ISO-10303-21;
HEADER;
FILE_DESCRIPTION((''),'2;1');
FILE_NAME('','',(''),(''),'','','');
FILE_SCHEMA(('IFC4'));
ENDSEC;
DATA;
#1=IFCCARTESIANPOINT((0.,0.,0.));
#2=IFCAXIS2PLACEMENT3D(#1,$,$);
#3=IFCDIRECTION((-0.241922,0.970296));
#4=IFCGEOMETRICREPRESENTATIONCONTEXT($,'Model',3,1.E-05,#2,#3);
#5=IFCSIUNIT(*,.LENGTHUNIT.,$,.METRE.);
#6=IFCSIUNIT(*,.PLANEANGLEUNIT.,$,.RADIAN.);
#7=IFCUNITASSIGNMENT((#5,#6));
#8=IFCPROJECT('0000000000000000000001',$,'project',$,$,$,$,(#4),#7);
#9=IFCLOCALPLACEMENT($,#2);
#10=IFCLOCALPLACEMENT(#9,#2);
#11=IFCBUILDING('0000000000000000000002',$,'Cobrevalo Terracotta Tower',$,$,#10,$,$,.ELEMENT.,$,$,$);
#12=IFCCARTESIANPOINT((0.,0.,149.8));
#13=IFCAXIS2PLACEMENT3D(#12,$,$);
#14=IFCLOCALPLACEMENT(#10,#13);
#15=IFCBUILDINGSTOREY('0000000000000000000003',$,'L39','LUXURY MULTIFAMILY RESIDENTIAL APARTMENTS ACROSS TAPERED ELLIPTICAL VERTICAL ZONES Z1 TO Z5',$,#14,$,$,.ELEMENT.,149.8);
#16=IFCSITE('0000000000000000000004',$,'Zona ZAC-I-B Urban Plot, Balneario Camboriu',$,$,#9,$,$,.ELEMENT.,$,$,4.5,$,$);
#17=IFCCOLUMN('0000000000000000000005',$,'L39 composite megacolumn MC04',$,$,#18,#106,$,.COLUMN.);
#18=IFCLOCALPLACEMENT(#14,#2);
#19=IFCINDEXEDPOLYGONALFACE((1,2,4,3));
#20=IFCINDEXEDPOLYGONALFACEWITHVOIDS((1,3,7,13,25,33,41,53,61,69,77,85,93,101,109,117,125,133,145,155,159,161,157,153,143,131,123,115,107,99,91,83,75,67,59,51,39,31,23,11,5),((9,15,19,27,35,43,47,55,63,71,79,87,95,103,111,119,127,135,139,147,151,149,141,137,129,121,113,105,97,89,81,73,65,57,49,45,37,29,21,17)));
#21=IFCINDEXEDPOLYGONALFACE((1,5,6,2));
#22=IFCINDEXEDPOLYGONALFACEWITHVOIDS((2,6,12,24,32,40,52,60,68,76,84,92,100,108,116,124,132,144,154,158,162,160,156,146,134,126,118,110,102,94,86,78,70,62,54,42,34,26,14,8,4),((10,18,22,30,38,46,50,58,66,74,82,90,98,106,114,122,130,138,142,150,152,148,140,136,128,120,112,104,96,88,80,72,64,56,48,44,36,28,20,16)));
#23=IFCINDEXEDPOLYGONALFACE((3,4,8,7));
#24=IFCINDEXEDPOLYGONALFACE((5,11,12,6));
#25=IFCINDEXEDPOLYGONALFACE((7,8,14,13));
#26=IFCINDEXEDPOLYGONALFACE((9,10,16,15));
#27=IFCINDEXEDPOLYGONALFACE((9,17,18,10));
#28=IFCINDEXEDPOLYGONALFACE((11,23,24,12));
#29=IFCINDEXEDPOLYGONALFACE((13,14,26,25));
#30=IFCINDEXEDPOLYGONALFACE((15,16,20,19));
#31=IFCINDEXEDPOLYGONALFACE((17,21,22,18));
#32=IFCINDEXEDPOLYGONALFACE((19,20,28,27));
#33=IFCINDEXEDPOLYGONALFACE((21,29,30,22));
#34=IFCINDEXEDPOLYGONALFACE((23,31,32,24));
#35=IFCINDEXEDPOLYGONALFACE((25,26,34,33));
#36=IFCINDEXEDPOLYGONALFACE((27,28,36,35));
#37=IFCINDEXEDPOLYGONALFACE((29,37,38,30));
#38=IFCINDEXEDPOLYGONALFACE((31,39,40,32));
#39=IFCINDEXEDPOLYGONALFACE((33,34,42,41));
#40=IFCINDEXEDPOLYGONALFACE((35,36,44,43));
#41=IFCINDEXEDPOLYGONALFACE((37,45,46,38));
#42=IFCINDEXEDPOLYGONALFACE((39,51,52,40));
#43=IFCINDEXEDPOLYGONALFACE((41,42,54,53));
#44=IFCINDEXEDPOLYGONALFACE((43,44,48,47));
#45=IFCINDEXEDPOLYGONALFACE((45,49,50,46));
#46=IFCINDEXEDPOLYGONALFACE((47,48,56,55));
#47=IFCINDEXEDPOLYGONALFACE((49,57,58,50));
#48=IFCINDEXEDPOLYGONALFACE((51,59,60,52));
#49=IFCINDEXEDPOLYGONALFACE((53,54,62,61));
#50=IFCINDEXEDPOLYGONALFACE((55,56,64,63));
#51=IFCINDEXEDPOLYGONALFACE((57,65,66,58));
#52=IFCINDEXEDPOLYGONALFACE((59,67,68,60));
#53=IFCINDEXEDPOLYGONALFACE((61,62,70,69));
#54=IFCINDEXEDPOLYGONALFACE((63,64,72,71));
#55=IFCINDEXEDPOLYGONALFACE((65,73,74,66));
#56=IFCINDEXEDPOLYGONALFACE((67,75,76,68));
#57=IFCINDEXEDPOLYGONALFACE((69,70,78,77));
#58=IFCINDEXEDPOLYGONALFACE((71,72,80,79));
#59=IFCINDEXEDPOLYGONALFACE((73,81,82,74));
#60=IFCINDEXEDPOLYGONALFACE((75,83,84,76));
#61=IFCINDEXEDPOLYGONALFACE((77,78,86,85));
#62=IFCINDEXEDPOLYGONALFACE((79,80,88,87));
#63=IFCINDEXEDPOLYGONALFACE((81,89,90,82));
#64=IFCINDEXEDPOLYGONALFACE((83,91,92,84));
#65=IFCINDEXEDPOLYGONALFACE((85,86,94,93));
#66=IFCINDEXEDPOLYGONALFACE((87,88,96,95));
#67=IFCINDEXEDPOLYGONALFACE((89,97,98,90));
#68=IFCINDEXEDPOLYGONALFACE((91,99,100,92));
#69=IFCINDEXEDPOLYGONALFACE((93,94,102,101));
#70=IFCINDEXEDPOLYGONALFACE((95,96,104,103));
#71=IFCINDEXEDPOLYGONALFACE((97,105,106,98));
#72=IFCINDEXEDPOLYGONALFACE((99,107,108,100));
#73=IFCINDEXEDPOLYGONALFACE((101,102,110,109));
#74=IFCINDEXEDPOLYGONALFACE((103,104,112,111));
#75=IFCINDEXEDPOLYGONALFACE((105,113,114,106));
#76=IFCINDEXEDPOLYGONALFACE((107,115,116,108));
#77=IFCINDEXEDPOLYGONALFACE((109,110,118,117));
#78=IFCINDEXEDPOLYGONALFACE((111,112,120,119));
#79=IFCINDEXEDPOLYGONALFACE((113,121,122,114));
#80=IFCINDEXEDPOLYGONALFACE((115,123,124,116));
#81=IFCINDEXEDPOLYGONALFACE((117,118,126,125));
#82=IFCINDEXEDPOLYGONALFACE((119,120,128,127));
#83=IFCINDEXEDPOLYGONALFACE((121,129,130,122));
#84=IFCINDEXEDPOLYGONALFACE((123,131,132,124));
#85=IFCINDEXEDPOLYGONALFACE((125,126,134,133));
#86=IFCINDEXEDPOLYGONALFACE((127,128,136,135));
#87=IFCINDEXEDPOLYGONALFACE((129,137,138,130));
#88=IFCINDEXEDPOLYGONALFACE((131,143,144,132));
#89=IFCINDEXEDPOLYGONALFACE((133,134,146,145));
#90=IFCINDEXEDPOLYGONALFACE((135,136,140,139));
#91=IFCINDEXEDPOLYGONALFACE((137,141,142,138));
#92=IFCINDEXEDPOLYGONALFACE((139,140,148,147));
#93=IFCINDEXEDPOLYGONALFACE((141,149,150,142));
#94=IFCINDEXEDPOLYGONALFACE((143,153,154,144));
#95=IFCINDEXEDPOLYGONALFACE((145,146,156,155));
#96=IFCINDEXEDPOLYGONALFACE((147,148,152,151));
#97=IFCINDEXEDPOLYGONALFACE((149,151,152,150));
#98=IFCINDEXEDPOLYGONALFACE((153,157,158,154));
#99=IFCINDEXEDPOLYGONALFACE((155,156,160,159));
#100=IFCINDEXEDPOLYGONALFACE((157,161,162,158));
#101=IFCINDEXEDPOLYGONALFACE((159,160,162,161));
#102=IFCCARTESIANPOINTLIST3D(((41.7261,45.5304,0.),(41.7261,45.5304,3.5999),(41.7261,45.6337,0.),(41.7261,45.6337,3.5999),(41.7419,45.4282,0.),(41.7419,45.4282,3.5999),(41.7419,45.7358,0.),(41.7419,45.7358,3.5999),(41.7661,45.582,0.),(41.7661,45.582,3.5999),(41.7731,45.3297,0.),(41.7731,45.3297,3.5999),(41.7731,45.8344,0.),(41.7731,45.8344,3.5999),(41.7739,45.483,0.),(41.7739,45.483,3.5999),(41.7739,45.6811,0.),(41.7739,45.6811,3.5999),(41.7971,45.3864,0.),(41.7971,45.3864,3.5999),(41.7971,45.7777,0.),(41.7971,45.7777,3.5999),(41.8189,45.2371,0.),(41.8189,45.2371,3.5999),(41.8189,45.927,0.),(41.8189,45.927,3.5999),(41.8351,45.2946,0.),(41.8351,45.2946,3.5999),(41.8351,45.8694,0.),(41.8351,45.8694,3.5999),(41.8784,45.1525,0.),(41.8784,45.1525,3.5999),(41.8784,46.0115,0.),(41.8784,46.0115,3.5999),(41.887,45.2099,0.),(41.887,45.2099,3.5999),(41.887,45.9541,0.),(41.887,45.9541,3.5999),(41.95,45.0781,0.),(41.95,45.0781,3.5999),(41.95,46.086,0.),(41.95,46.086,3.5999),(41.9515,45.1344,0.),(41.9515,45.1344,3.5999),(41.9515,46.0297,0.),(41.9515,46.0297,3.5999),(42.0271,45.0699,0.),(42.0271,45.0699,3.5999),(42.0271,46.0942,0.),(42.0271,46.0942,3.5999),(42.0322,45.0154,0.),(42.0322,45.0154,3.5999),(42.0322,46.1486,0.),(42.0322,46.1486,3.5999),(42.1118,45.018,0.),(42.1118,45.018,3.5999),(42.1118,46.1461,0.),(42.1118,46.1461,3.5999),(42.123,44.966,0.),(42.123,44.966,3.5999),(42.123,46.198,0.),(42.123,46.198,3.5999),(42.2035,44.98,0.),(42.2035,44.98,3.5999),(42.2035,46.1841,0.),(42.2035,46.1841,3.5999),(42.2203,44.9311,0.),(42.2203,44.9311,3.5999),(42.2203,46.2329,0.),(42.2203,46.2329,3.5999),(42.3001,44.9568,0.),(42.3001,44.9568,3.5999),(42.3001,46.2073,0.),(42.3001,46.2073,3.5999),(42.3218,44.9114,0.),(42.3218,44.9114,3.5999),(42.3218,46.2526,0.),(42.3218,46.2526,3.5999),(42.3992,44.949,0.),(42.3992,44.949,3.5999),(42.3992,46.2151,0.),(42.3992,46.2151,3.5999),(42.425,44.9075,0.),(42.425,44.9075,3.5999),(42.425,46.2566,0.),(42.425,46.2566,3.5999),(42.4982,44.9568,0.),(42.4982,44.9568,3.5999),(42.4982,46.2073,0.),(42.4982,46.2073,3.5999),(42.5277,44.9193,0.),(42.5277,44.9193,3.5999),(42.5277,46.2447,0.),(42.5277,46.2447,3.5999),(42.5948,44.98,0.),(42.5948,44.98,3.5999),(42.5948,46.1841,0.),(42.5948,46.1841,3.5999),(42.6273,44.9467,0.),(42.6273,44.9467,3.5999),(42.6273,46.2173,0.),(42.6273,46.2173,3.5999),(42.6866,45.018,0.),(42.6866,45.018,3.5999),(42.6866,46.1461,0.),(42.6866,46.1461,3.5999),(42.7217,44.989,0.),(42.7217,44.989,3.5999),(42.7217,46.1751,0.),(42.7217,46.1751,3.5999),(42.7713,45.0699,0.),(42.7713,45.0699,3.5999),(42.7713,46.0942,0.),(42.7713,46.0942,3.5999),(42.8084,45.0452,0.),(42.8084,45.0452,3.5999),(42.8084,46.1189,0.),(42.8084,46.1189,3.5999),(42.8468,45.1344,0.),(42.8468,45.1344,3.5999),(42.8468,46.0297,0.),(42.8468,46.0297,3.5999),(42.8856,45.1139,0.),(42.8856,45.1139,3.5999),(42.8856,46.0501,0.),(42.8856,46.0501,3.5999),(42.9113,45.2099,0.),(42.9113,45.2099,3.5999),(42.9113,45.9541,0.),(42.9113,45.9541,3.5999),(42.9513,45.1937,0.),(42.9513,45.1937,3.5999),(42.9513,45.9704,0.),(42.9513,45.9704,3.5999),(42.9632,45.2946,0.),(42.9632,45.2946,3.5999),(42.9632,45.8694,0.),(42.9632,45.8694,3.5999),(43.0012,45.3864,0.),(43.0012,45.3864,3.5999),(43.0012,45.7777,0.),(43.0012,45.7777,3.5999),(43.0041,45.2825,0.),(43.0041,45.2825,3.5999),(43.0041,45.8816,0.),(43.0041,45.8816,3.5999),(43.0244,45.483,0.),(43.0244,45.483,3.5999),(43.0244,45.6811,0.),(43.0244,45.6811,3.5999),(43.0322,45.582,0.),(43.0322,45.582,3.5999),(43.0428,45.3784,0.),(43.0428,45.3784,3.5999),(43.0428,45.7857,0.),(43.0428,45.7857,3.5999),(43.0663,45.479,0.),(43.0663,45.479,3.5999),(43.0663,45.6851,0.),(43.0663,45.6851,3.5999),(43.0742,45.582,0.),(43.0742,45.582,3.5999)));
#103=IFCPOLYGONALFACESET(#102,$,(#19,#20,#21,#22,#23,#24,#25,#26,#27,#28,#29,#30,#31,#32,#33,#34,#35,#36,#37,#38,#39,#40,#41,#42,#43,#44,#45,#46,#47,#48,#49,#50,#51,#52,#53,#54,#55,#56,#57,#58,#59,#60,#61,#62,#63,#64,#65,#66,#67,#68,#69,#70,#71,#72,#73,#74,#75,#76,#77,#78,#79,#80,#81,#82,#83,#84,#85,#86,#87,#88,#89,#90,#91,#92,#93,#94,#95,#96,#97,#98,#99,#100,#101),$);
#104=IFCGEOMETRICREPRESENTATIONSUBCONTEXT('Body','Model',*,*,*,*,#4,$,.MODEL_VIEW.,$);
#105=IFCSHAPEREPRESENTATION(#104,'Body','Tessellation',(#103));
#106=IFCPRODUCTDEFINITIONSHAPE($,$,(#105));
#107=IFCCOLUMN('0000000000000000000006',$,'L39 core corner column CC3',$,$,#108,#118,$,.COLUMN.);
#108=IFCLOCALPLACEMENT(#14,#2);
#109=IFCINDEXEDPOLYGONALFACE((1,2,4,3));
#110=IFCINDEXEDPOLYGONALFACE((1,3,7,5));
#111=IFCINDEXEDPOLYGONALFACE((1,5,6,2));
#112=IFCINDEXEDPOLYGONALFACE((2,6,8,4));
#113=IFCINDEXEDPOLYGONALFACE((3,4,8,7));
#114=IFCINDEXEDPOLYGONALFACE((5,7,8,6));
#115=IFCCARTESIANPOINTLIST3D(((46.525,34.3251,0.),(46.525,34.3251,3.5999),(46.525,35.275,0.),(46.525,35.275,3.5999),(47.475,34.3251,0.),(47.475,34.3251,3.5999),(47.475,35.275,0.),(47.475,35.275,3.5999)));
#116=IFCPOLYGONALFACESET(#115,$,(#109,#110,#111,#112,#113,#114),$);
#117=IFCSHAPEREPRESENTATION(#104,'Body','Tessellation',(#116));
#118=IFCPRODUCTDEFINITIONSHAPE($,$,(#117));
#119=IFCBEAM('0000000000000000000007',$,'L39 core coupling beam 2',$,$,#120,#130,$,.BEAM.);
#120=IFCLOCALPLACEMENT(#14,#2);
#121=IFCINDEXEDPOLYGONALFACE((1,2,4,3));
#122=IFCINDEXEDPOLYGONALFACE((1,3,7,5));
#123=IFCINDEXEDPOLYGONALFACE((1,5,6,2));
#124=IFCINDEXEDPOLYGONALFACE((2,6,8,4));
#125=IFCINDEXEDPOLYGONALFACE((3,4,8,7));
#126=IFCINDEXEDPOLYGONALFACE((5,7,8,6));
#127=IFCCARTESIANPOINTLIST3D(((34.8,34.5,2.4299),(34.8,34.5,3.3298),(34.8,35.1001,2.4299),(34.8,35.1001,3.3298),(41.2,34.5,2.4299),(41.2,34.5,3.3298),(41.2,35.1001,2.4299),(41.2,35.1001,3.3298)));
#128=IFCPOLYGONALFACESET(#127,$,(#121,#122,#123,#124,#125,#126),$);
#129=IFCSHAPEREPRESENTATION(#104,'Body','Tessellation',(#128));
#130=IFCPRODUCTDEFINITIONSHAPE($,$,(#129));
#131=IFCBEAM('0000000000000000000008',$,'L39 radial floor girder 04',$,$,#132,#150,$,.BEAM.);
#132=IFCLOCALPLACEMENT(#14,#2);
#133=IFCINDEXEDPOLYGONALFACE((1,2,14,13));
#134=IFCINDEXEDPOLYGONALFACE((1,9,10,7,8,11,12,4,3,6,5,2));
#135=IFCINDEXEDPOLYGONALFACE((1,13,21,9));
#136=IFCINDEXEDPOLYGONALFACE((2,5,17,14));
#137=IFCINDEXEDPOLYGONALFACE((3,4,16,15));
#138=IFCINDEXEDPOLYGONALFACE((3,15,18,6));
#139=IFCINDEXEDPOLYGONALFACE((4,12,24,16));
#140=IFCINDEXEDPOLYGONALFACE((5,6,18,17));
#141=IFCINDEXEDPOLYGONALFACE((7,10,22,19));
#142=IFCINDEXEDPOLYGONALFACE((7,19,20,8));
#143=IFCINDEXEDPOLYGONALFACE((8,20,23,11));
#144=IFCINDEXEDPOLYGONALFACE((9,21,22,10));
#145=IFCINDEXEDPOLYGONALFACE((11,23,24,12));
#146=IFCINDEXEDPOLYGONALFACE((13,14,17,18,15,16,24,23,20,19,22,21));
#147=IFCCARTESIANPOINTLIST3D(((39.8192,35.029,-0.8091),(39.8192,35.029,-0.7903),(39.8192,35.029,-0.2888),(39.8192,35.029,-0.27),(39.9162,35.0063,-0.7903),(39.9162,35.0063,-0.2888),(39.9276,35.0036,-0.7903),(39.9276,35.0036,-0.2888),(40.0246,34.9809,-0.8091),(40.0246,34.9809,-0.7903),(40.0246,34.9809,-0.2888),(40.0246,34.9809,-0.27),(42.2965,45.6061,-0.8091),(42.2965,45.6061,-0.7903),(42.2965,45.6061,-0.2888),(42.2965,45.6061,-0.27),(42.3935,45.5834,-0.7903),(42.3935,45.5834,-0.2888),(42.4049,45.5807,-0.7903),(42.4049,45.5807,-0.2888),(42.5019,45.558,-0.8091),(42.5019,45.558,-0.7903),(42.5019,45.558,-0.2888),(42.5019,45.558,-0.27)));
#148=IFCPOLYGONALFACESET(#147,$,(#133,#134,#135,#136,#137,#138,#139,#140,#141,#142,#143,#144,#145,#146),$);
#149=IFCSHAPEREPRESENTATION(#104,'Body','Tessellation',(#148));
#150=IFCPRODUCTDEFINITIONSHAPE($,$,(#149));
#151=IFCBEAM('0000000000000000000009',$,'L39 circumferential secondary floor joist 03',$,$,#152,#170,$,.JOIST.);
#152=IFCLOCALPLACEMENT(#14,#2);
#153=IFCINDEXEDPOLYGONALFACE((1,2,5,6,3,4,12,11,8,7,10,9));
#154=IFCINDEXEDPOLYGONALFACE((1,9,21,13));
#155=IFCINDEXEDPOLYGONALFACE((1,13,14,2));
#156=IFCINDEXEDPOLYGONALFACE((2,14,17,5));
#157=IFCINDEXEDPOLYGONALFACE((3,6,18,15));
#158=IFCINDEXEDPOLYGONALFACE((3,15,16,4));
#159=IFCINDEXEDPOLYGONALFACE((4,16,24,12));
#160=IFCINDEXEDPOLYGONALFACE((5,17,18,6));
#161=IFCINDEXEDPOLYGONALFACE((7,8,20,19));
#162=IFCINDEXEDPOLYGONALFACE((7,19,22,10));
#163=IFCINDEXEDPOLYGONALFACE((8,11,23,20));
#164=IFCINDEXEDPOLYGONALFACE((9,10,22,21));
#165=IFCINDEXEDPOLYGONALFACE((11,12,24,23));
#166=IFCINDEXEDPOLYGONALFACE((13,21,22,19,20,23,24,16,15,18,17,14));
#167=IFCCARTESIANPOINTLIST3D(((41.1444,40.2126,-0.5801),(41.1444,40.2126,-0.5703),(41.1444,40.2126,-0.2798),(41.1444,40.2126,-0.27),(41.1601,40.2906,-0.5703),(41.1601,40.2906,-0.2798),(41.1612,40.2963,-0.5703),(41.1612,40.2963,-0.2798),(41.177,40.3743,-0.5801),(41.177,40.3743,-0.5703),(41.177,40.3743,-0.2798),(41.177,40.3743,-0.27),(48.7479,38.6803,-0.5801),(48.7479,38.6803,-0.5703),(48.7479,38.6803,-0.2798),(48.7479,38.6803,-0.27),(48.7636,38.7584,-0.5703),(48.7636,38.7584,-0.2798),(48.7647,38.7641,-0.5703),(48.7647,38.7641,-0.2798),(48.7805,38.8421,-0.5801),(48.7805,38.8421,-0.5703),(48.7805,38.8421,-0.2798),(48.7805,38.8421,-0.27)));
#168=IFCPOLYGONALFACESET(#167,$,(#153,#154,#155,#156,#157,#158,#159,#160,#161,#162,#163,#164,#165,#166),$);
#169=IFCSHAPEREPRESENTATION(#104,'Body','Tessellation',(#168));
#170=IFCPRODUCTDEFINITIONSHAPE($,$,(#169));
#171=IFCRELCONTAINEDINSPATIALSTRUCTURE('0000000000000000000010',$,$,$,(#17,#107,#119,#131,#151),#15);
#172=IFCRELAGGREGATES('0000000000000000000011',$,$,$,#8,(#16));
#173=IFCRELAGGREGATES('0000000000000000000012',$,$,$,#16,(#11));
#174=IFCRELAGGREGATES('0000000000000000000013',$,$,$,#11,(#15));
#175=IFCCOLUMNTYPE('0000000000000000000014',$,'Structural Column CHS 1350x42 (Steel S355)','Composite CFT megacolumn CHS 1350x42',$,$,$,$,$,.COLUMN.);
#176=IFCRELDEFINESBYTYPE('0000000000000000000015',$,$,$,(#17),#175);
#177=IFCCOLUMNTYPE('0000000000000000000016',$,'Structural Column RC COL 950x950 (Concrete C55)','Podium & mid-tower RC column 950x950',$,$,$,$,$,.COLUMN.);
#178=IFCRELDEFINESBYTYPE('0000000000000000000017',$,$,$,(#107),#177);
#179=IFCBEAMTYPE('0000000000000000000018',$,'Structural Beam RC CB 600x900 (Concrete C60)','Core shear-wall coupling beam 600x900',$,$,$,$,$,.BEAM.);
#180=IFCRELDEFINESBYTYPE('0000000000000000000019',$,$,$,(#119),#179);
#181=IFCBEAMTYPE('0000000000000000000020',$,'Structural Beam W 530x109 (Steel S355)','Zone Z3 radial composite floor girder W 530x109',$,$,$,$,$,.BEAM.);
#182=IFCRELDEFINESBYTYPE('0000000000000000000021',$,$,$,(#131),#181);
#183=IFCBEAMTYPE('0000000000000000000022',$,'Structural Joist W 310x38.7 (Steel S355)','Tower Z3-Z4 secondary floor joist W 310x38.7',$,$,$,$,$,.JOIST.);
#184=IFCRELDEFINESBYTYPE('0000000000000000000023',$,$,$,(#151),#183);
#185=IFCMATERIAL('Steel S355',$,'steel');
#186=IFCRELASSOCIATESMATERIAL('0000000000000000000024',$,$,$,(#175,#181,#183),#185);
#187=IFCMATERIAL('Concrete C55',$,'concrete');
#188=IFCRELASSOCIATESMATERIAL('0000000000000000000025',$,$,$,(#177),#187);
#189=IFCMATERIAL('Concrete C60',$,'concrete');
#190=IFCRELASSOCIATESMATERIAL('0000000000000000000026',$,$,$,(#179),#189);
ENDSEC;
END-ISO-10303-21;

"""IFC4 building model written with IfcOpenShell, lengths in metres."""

from ifc_helpers import new_model, si_unit, direction, frame, origin, origin_2d, place, context, subcontext, project, spatial, rectangle, hollow_circle, i_section, extrude, material, material_profile, profile_set, type_object, element, save


model = new_model("IFC4")

# Units and contexts
model_context = context("Model", 3, precision=1e-05, world=origin(), true_north=direction((-0.241922, 0.970296)))
body_context = subcontext(model_context, "Body", "Model", "MODEL_VIEW")
ifc_project = project(units=[si_unit("LENGTHUNIT", "METRE"), si_unit("PLANEANGLEUNIT", "RADIAN")], contexts=[model_context])

# Site, building, storey
site_placement = place(None, origin())
site = spatial("IfcSite", under=ifc_project, at=site_placement, Name="Zona ZAC-I-B Urban Plot, Balneario Camboriu", CompositionType="ELEMENT", RefElevation=4.5)
building_placement = place(site_placement, origin())
building = spatial("IfcBuilding", under=site, at=building_placement, Name="Cobrevalo Terracotta Tower", CompositionType="ELEMENT")
storey_placement = place(building_placement, frame((0.0, 0.0, 149.8)))
storey = spatial("IfcBuildingStorey", under=building, at=storey_placement, Name="L39", Description="LUXURY MULTIFAMILY RESIDENTIAL APARTMENTS ACROSS TAPERED ELLIPTICAL VERTICAL ZONES Z1 TO Z5", CompositionType="ELEMENT", Elevation=149.8)

# Columns
ifc_material_1 = material(Name="Steel S355", Category="steel")
ifc_material_profile_1 = material_profile(ifc_material_1, hollow_circle(Radius=0.675, WallThickness=0.042, at=origin_2d()), Name="CHS 1350x42")
ifc_profile_set_1 = profile_set([ifc_material_profile_1], Name="Steel S355")
column_type_1 = type_object("IfcColumnType", Name="Structural Column CHS 1350x42 (Steel S355)", Description="Composite CFT megacolumn CHS 1350x42", PredefinedType="COLUMN", material=ifc_profile_set_1)
column_1_placement = place(storey_placement, frame((42.3992, 45.582, 0.0), z_axis=(0.0, 0.0, 1.0), x_axis=(1.0, 0.0, 0.0)))
element("IfcColumn", 1, at=column_1_placement, inside=storey, type_object=column_type_1, Name="L39 composite megacolumn MC04", PredefinedType="COLUMN", context=body_context, shape_type="SweptSolid", body=[
    extrude(hollow_circle(Radius=0.675, WallThickness=0.042, at=origin_2d()), origin(), (0.0, 0.0, 1.0), 3.5999),
])
ifc_material_2 = material(Name="Concrete C55", Category="concrete")
ifc_material_profile_2 = material_profile(ifc_material_2, rectangle(XDim=0.95, YDim=0.95, at=origin_2d()), Name="RC COL 950x950")
ifc_profile_set_2 = profile_set([ifc_material_profile_2], Name="Concrete C55")
column_type_2 = type_object("IfcColumnType", Name="Structural Column RC COL 950x950 (Concrete C55)", Description="Podium & mid-tower RC column 950x950", PredefinedType="COLUMN", material=ifc_profile_set_2)
column_2_placement = place(storey_placement, frame((47.0, 34.8, 0.0), z_axis=(0.0, 0.0, 1.0), x_axis=(1.0, 0.0, 0.0)))
element("IfcColumn", 2, at=column_2_placement, inside=storey, type_object=column_type_2, Name="L39 core corner column CC3", PredefinedType="COLUMN", context=body_context, shape_type="SweptSolid", body=[
    extrude(rectangle(XDim=0.95, YDim=0.95, at=origin_2d()), origin(), (0.0, 0.0, 1.0), 3.5999),
])

# Beams
ifc_material_3 = material(Name="Concrete C60", Category="concrete")
ifc_material_profile_3 = material_profile(ifc_material_3, rectangle(XDim=0.6001, YDim=0.8999, at=origin_2d()), Name="RC CB 600x900")
ifc_profile_set_3 = profile_set([ifc_material_profile_3], Name="Concrete C60")
beam_type_1 = type_object("IfcBeamType", Name="Structural Beam RC CB 600x900 (Concrete C60)", Description="Core shear-wall coupling beam 600x900", PredefinedType="BEAM", material=ifc_profile_set_3)
beam_1_placement = place(storey_placement, frame((34.8, 34.8, 2.8799), z_axis=(1.0, 0.0, 0.0), x_axis=(0.0, 1.0, 0.0)))
element("IfcBeam", 3, at=beam_1_placement, inside=storey, type_object=beam_type_1, Name="L39 core coupling beam 2", PredefinedType="BEAM", context=body_context, shape_type="SweptSolid", body=[
    extrude(rectangle(XDim=0.6001, YDim=0.8999, at=origin_2d()), origin(), (0.0, 0.0, 1.0), 6.3999),
])
ifc_material_profile_4 = material_profile(ifc_material_1, i_section(OverallWidth=0.2109, OverallDepth=0.5391, WebThickness=0.0117, FlangeThickness=0.0188, at=origin_2d()), Name="W 530x109")
ifc_profile_set_4 = profile_set([ifc_material_profile_4], Name="Steel S355")
beam_type_2 = type_object("IfcBeamType", Name="Structural Beam W 530x109 (Steel S355)", Description="Zone Z3 radial composite floor girder W 530x109", PredefinedType="BEAM", material=ifc_profile_set_4)
beam_2_placement = place(storey_placement, frame((42.3992, 45.582, -0.5396), z_axis=(-0.228041, -0.973652, 0.0), x_axis=(0.973652, -0.228041, 0.0)))
element("IfcBeam", 4, at=beam_2_placement, inside=storey, type_object=beam_type_2, Name="L39 radial floor girder 04", PredefinedType="BEAM", context=body_context, shape_type="SweptSolid", body=[
    extrude(i_section(OverallWidth=0.2109, OverallDepth=0.5391, WebThickness=0.0117, FlangeThickness=0.0188, at=origin_2d()), origin(), (0.0, 0.0, 1.0), 10.8633),
])
ifc_material_profile_5 = material_profile(ifc_material_1, i_section(OverallWidth=0.165, OverallDepth=0.3101, WebThickness=0.0059, FlangeThickness=0.0098, at=origin_2d()), Name="W 310x38.7")
ifc_profile_set_5 = profile_set([ifc_material_profile_5], Name="Steel S355")
beam_type_3 = type_object("IfcBeamType", Name="Structural Joist W 310x38.7 (Steel S355)", Description="Tower Z3-Z4 secondary floor joist W 310x38.7", PredefinedType="JOIST", material=ifc_profile_set_5)
beam_3_placement = place(storey_placement, frame((48.7642, 38.7612, -0.425), z_axis=(-0.980294, 0.197544, 0.0), x_axis=(-0.197544, -0.980294, 0.0)))
element("IfcBeam", 5, at=beam_3_placement, inside=storey, type_object=beam_type_3, Name="L39 circumferential secondary floor joist 03", PredefinedType="JOIST", context=body_context, shape_type="SweptSolid", body=[
    extrude(i_section(OverallWidth=0.165, OverallDepth=0.3101, WebThickness=0.0059, FlangeThickness=0.0098, at=origin_2d()), origin(), (0.0, 0.0, 1.0), 7.7563),
])

save(model, "model.ifc")
